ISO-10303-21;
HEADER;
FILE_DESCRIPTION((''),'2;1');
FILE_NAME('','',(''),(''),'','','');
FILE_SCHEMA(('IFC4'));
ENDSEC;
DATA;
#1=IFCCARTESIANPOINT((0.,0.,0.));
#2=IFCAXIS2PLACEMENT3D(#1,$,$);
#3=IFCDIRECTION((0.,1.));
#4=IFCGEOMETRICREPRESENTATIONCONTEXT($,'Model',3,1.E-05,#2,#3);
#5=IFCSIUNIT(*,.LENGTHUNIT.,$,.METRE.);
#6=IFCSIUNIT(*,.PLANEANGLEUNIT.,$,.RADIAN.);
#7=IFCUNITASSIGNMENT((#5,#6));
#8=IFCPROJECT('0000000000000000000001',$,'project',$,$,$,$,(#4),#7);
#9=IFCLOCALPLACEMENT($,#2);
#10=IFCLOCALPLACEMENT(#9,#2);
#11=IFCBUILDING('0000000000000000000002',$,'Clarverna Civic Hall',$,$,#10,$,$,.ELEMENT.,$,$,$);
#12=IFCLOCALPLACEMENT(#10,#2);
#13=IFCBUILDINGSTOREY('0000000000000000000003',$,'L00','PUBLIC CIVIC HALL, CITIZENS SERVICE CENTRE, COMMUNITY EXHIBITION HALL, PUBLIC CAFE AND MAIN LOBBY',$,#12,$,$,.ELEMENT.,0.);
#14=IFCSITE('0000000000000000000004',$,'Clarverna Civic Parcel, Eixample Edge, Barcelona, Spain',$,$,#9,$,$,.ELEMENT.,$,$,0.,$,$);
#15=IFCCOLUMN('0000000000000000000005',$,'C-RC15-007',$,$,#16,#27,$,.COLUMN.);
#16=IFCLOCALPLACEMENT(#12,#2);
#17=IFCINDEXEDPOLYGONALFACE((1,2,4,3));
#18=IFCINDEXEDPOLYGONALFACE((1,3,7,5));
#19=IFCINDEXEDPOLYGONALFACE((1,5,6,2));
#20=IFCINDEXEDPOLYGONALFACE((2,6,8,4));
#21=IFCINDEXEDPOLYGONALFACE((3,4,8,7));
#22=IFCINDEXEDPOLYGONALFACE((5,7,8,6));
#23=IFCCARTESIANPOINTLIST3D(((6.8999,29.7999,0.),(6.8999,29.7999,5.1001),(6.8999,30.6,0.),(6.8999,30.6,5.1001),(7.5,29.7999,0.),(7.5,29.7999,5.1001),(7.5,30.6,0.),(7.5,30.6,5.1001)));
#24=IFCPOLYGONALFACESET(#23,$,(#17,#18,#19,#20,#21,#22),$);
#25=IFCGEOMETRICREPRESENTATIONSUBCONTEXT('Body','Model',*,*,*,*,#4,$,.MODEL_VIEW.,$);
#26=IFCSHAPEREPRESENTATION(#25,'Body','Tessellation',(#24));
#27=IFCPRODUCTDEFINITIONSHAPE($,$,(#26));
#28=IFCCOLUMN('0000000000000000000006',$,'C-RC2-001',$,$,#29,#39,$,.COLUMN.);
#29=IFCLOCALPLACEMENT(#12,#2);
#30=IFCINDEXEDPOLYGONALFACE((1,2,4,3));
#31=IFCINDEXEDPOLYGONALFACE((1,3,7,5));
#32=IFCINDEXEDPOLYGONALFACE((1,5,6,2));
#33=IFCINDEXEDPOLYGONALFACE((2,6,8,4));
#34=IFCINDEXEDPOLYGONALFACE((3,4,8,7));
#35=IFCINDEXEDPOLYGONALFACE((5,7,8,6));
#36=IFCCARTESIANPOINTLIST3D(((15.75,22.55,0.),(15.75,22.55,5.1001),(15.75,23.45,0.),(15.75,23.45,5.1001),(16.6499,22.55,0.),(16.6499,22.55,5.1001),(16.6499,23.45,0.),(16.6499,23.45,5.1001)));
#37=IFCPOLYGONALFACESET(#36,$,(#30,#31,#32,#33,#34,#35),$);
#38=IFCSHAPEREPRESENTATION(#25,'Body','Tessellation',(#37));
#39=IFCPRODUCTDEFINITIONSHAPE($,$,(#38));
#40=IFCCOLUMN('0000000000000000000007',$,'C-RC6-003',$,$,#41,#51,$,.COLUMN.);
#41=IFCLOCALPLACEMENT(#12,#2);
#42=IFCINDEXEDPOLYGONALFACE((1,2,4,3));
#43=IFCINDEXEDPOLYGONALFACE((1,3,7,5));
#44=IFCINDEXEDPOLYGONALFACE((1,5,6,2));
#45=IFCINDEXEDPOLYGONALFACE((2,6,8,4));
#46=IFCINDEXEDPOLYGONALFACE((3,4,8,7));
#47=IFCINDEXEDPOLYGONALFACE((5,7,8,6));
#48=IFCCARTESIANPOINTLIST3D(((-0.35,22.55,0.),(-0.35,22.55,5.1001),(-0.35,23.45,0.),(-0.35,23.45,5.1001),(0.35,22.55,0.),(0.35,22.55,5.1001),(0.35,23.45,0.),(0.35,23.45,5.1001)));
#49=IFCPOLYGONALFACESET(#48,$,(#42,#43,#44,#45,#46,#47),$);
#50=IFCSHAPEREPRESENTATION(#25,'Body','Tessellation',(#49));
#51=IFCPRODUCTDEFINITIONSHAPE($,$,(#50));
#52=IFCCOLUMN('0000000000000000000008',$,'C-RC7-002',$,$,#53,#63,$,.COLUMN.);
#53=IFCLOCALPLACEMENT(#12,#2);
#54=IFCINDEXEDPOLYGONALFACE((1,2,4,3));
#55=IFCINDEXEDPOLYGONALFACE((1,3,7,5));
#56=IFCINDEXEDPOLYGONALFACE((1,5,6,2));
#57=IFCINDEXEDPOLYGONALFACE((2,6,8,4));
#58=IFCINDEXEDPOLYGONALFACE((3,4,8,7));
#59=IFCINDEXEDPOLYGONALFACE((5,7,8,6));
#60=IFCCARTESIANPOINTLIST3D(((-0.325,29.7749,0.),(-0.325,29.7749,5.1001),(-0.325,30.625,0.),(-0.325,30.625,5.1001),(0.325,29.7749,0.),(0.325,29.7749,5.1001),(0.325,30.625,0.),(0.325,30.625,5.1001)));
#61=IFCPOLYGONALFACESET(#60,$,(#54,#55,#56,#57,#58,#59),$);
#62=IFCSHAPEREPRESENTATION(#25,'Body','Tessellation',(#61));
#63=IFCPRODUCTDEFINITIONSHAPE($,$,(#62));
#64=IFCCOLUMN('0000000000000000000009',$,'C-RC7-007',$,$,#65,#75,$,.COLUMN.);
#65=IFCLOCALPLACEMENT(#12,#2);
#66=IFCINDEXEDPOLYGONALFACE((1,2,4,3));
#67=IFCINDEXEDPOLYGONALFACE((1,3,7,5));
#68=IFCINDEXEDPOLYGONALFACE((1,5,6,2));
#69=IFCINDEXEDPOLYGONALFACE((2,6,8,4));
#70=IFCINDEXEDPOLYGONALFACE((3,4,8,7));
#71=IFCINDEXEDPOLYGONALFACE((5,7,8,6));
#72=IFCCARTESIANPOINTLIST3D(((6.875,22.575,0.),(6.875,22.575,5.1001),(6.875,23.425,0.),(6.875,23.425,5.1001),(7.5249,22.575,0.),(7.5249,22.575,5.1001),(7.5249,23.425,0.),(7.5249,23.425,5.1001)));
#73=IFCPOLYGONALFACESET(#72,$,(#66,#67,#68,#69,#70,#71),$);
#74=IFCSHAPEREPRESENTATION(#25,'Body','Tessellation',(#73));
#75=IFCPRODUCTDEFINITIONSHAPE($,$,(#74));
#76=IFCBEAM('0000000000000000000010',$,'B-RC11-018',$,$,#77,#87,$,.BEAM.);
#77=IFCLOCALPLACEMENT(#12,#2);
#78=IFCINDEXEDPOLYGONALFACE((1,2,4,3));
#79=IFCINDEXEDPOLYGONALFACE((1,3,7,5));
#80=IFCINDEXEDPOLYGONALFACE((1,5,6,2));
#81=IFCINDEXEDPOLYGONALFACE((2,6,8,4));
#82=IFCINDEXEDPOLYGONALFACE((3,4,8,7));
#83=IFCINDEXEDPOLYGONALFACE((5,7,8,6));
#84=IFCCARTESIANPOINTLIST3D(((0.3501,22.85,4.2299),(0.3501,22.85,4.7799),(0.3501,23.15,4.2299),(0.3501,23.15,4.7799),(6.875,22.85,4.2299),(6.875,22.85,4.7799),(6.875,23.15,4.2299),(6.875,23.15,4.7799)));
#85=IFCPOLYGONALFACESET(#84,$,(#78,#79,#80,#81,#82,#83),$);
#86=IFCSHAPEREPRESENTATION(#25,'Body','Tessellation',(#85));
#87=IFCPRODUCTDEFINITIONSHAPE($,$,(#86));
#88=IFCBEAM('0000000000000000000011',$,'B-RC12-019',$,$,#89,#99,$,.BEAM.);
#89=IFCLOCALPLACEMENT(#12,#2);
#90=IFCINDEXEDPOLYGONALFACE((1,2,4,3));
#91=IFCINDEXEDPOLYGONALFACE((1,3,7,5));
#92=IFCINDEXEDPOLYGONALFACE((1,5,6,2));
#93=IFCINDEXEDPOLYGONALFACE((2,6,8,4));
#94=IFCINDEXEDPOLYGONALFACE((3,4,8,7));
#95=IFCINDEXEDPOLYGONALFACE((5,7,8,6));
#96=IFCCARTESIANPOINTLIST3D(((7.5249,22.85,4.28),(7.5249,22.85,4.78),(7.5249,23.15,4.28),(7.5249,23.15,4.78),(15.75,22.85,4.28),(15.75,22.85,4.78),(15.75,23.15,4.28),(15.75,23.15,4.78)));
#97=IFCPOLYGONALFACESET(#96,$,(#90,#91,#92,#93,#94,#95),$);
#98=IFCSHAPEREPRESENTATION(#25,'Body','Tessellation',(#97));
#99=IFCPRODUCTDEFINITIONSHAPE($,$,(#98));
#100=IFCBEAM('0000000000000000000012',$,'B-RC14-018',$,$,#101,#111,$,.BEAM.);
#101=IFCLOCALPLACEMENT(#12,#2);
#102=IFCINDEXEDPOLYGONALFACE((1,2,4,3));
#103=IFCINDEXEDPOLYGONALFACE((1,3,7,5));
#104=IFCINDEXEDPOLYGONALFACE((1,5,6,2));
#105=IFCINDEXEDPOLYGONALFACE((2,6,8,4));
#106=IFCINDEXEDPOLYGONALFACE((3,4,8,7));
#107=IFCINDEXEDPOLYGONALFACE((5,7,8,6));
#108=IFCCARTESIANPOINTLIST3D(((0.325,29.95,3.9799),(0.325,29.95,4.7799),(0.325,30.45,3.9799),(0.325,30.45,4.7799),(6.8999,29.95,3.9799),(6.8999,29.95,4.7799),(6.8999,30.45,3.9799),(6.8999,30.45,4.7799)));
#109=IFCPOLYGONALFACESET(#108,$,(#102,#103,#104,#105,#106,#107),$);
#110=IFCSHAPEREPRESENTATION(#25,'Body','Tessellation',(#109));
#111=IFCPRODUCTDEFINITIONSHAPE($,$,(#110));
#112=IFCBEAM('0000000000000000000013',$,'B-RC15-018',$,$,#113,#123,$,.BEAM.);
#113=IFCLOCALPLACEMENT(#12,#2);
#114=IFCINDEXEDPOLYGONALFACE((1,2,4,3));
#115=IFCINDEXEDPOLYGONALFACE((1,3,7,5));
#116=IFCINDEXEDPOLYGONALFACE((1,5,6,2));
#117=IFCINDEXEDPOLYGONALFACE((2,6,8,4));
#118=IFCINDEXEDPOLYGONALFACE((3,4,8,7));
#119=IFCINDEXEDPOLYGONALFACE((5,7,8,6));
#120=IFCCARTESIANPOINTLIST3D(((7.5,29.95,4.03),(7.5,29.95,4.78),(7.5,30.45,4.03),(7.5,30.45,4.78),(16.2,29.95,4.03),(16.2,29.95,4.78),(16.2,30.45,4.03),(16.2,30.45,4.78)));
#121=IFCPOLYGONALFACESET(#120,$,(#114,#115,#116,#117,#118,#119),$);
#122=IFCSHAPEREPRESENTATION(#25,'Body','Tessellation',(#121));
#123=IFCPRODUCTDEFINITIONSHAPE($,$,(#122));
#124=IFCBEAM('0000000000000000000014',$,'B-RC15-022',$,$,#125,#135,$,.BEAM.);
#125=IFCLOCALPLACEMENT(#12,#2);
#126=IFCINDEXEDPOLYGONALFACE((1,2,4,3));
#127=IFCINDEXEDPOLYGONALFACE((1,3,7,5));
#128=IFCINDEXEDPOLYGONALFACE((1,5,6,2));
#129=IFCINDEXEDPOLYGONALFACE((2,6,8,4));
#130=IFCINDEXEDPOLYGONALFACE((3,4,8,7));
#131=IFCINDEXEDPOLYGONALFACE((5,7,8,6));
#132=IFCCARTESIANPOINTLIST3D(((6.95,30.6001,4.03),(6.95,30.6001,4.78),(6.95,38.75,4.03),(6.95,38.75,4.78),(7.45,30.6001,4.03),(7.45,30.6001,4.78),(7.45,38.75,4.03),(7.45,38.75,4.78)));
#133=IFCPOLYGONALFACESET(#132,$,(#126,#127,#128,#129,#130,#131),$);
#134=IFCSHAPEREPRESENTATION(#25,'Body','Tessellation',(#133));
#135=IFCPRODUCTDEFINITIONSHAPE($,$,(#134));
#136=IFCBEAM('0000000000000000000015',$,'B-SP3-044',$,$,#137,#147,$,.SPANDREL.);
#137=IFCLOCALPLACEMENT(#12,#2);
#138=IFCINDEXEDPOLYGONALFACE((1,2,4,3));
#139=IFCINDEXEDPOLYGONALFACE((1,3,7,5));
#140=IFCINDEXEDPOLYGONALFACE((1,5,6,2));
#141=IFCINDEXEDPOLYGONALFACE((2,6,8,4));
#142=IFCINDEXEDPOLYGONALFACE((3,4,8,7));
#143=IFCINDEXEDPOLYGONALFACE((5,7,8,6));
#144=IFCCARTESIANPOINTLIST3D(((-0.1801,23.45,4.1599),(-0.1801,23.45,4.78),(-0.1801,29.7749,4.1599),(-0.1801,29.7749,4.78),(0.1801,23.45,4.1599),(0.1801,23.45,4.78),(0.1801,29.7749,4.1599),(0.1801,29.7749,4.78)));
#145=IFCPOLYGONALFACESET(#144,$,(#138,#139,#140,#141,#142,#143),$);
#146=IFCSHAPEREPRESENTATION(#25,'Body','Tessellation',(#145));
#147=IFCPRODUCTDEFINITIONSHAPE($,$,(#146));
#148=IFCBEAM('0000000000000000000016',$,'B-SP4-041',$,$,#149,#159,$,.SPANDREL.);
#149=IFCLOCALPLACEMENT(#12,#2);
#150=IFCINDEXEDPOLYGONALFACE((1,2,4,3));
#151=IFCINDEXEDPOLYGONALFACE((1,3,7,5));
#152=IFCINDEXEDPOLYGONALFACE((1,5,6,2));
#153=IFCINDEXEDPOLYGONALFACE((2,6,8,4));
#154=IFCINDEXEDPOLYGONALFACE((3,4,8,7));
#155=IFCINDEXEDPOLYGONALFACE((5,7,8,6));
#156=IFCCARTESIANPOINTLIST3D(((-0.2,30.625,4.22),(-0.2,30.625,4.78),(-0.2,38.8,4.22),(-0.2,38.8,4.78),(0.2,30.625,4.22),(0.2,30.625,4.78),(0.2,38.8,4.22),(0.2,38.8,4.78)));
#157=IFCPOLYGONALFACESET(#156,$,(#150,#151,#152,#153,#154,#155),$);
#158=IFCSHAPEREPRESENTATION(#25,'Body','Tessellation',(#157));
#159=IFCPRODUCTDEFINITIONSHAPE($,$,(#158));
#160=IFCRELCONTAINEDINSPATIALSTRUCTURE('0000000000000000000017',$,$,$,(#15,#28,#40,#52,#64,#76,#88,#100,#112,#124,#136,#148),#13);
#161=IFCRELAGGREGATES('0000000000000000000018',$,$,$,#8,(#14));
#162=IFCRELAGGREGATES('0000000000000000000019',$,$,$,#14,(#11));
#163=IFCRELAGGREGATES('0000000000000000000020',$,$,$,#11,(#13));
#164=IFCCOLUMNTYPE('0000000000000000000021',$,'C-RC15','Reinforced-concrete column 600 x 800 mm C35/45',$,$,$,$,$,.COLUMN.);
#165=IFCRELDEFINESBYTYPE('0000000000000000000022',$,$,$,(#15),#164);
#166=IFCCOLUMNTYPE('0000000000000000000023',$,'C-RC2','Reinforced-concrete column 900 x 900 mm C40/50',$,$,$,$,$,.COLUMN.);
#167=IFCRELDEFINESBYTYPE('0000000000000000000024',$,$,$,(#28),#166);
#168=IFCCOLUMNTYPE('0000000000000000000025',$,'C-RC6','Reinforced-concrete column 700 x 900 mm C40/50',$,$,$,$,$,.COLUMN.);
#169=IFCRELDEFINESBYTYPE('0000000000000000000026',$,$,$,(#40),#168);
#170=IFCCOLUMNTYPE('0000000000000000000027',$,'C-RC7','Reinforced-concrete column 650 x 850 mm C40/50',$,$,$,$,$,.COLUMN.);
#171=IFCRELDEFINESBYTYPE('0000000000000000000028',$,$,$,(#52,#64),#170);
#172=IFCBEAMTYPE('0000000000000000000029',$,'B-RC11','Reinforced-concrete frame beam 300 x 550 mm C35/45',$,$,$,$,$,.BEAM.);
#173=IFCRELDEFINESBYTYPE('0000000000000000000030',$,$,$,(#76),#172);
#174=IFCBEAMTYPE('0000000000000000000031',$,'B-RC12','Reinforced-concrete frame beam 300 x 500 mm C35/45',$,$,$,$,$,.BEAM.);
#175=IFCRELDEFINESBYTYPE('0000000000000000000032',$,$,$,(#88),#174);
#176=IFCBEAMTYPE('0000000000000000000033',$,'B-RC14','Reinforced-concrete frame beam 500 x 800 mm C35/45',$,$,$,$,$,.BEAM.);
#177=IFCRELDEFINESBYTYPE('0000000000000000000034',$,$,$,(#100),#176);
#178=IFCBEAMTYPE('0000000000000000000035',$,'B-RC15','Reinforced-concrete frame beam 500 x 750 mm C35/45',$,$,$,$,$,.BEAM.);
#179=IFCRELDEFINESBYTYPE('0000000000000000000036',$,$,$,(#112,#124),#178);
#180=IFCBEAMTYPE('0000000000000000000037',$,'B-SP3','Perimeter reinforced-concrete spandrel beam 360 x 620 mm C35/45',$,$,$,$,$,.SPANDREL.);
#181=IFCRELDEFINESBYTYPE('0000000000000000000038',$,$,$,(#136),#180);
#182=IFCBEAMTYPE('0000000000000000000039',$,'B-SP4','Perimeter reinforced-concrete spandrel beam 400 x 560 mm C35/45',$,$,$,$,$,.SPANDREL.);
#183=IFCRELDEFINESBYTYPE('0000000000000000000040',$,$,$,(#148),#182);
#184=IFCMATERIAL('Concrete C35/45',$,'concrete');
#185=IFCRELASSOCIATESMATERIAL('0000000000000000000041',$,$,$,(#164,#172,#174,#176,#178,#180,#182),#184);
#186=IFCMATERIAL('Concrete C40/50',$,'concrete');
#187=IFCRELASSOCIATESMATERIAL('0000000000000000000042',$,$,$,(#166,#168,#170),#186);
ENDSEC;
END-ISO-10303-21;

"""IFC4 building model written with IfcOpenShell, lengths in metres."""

from ifc_helpers import new_model, si_unit, direction, frame, origin, origin_2d, place, context, subcontext, project, spatial, rectangle, extrude, material, material_profile, profile_set, type_object, element, save


model = new_model("IFC4")

# Units and contexts
model_context = context("Model", 3, precision=1e-05, world=origin(), true_north=direction((0.0, 1.0)))
body_context = subcontext(model_context, "Body", "Model", "MODEL_VIEW")
ifc_project = project(units=[si_unit("LENGTHUNIT", "METRE"), si_unit("PLANEANGLEUNIT", "RADIAN")], contexts=[model_context])

# Site, building, storey
site_placement = place(None, origin())
site = spatial("IfcSite", under=ifc_project, at=site_placement, Name="Clarverna Civic Parcel, Eixample Edge, Barcelona, Spain", CompositionType="ELEMENT", RefElevation=0.0)
building_placement = place(site_placement, origin())
building = spatial("IfcBuilding", under=site, at=building_placement, Name="Clarverna Civic Hall", CompositionType="ELEMENT")
storey_placement = place(building_placement, origin())
storey = spatial("IfcBuildingStorey", under=building, at=storey_placement, Name="L00", Description="PUBLIC CIVIC HALL, CITIZENS SERVICE CENTRE, COMMUNITY EXHIBITION HALL, PUBLIC CAFE AND MAIN LOBBY", CompositionType="ELEMENT", Elevation=0.0)

# Columns
ifc_material_1 = material(Name="Concrete C35/45", Category="concrete")
ifc_material_profile_1 = material_profile(ifc_material_1, rectangle(XDim=0.6001, YDim=0.8, at=origin_2d()), Name="RC 600x800")
ifc_profile_set_1 = profile_set([ifc_material_profile_1], Name="Concrete C35/45")
column_type_1 = type_object("IfcColumnType", Name="C-RC15", Description="Reinforced-concrete column 600 x 800 mm C35/45", PredefinedType="COLUMN", material=ifc_profile_set_1)
column_1_placement = place(storey_placement, frame((7.2, 30.2, 0.0), z_axis=(0.0, 0.0, 1.0), x_axis=(1.0, 0.0, 0.0)))
element("IfcColumn", 1, at=column_1_placement, inside=storey, type_object=column_type_1, Name="C-RC15-007", PredefinedType="COLUMN", context=body_context, shape_type="SweptSolid", body=[
    extrude(rectangle(XDim=0.6001, YDim=0.8, at=origin_2d()), origin(), (0.0, 0.0, 1.0), 5.1001),
])
ifc_material_2 = material(Name="Concrete C40/50", Category="concrete")
ifc_material_profile_2 = material_profile(ifc_material_2, rectangle(XDim=0.8999, YDim=0.8999, at=origin_2d()), Name="RC 900x900")
ifc_profile_set_2 = profile_set([ifc_material_profile_2], Name="Concrete C40/50")
column_type_2 = type_object("IfcColumnType", Name="C-RC2", Description="Reinforced-concrete column 900 x 900 mm C40/50", PredefinedType="COLUMN", material=ifc_profile_set_2)
column_2_placement = place(storey_placement, frame((16.2, 23.0, 0.0), z_axis=(0.0, 0.0, 1.0), x_axis=(1.0, 0.0, 0.0)))
element("IfcColumn", 2, at=column_2_placement, inside=storey, type_object=column_type_2, Name="C-RC2-001", PredefinedType="COLUMN", context=body_context, shape_type="SweptSolid", body=[
    extrude(rectangle(XDim=0.8999, YDim=0.8999, at=origin_2d()), origin(), (0.0, 0.0, 1.0), 5.1001),
])
ifc_material_profile_3 = material_profile(ifc_material_2, rectangle(XDim=0.7, YDim=0.8999, at=origin_2d()), Name="RC 700x900")
ifc_profile_set_3 = profile_set([ifc_material_profile_3], Name="Concrete C40/50")
column_type_3 = type_object("IfcColumnType", Name="C-RC6", Description="Reinforced-concrete column 700 x 900 mm C40/50", PredefinedType="COLUMN", material=ifc_profile_set_3)
column_3_placement = place(storey_placement, frame((0.0, 23.0, 0.0), z_axis=(0.0, 0.0, 1.0), x_axis=(1.0, 0.0, 0.0)))
element("IfcColumn", 3, at=column_3_placement, inside=storey, type_object=column_type_3, Name="C-RC6-003", PredefinedType="COLUMN", context=body_context, shape_type="SweptSolid", body=[
    extrude(rectangle(XDim=0.7, YDim=0.8999, at=origin_2d()), origin(), (0.0, 0.0, 1.0), 5.1001),
])
ifc_material_profile_4 = material_profile(ifc_material_2, rectangle(XDim=0.6499, YDim=0.8501, at=origin_2d()), Name="RC 650x850")
ifc_profile_set_4 = profile_set([ifc_material_profile_4], Name="Concrete C40/50")
column_type_4 = type_object("IfcColumnType", Name="C-RC7", Description="Reinforced-concrete column 650 x 850 mm C40/50", PredefinedType="COLUMN", material=ifc_profile_set_4)
for number, where, z_axis, x_axis, name in (
    (4, (0.0, 30.2, 0.0), (0.0, 0.0, 1.0), (1.0, 0.0, 0.0), "C-RC7-002"),
    (5, (7.2, 23.0, 0.0), (0.0, 0.0, 1.0), (1.0, 0.0, 0.0), "C-RC7-007"),
):
    element("IfcColumn", number, at=place(storey_placement, frame(where, z_axis=z_axis, x_axis=x_axis)), inside=storey, type_object=column_type_4, Name=name, PredefinedType="COLUMN", context=body_context, shape_type="SweptSolid", body=[
        extrude(rectangle(XDim=0.6499, YDim=0.8501, at=origin_2d()), origin(), (0.0, 0.0, 1.0), 5.1001),
    ])

# Beams
ifc_material_profile_5 = material_profile(ifc_material_1, rectangle(XDim=0.3, YDim=0.55, at=origin_2d()), Name="RC 300x550")
ifc_profile_set_5 = profile_set([ifc_material_profile_5], Name="Concrete C35/45")
beam_type_1 = type_object("IfcBeamType", Name="B-RC11", Description="Reinforced-concrete frame beam 300 x 550 mm C35/45", PredefinedType="BEAM", material=ifc_profile_set_5)
beam_1_placement = place(storey_placement, frame((0.3501, 23.0, 4.5049), z_axis=(1.0, 0.0, 0.0), x_axis=(0.0, 1.0, 0.0)))
element("IfcBeam", 6, at=beam_1_placement, inside=storey, type_object=beam_type_1, Name="B-RC11-018", PredefinedType="BEAM", context=body_context, shape_type="SweptSolid", body=[
    extrude(rectangle(XDim=0.3, YDim=0.55, at=origin_2d()), origin(), (0.0, 0.0, 1.0), 6.5249),
])
ifc_material_profile_6 = material_profile(ifc_material_1, rectangle(XDim=0.3, YDim=0.5, at=origin_2d()), Name="RC 300x500")
ifc_profile_set_6 = profile_set([ifc_material_profile_6], Name="Concrete C35/45")
beam_type_2 = type_object("IfcBeamType", Name="B-RC12", Description="Reinforced-concrete frame beam 300 x 500 mm C35/45", PredefinedType="BEAM", material=ifc_profile_set_6)
beam_2_placement = place(storey_placement, frame((7.5249, 23.0, 4.53), z_axis=(1.0, 0.0, 0.0), x_axis=(0.0, 1.0, 0.0)))
element("IfcBeam", 7, at=beam_2_placement, inside=storey, type_object=beam_type_2, Name="B-RC12-019", PredefinedType="BEAM", context=body_context, shape_type="SweptSolid", body=[
    extrude(rectangle(XDim=0.3, YDim=0.5, at=origin_2d()), origin(), (0.0, 0.0, 1.0), 8.2251),
])
ifc_material_profile_7 = material_profile(ifc_material_1, rectangle(XDim=0.5, YDim=0.8, at=origin_2d()), Name="RC 500x800")
ifc_profile_set_7 = profile_set([ifc_material_profile_7], Name="Concrete C35/45")
beam_type_3 = type_object("IfcBeamType", Name="B-RC14", Description="Reinforced-concrete frame beam 500 x 800 mm C35/45", PredefinedType="BEAM", material=ifc_profile_set_7)
beam_3_placement = place(storey_placement, frame((0.325, 30.2, 4.3799), z_axis=(1.0, 0.0, 0.0), x_axis=(0.0, 1.0, 0.0)))
element("IfcBeam", 8, at=beam_3_placement, inside=storey, type_object=beam_type_3, Name="B-RC14-018", PredefinedType="BEAM", context=body_context, shape_type="SweptSolid", body=[
    extrude(rectangle(XDim=0.5, YDim=0.8, at=origin_2d()), origin(), (0.0, 0.0, 1.0), 6.575),
])
ifc_material_profile_8 = material_profile(ifc_material_1, rectangle(XDim=0.5, YDim=0.75, at=origin_2d()), Name="RC 500x750")
ifc_profile_set_8 = profile_set([ifc_material_profile_8], Name="Concrete C35/45")
beam_type_4 = type_object("IfcBeamType", Name="B-RC15", Description="Reinforced-concrete frame beam 500 x 750 mm C35/45", PredefinedType="BEAM", material=ifc_profile_set_8)
beam_4_placement = place(storey_placement, frame((7.5, 30.2, 4.405), z_axis=(1.0, 0.0, 0.0), x_axis=(0.0, 1.0, 0.0)))
element("IfcBeam", 9, at=beam_4_placement, inside=storey, type_object=beam_type_4, Name="B-RC15-018", PredefinedType="BEAM", context=body_context, shape_type="SweptSolid", body=[
    extrude(rectangle(XDim=0.5, YDim=0.75, at=origin_2d()), origin(), (0.0, 0.0, 1.0), 8.7),
])
beam_5_placement = place(storey_placement, frame((7.2, 30.6001, 4.405), z_axis=(0.0, 1.0, 0.0), x_axis=(-1.0, 0.0, 0.0)))
element("IfcBeam", 10, at=beam_5_placement, inside=storey, type_object=beam_type_4, Name="B-RC15-022", PredefinedType="BEAM", context=body_context, shape_type="SweptSolid", body=[
    extrude(rectangle(XDim=0.5, YDim=0.75, at=origin_2d()), origin(), (0.0, 0.0, 1.0), 8.1499),
])
ifc_material_profile_9 = material_profile(ifc_material_1, rectangle(XDim=0.3601, YDim=0.6201, at=origin_2d()), Name="RC 360x620")
ifc_profile_set_9 = profile_set([ifc_material_profile_9], Name="Concrete C35/45")
beam_type_5 = type_object("IfcBeamType", Name="B-SP3", Description="Perimeter reinforced-concrete spandrel beam 360 x 620 mm C35/45", PredefinedType="SPANDREL", material=ifc_profile_set_9)
beam_6_placement = place(storey_placement, frame((0.0, 23.45, 4.47), z_axis=(0.0, 1.0, 0.0), x_axis=(-1.0, 0.0, 0.0)))
element("IfcBeam", 11, at=beam_6_placement, inside=storey, type_object=beam_type_5, Name="B-SP3-044", PredefinedType="SPANDREL", context=body_context, shape_type="SweptSolid", body=[
    extrude(rectangle(XDim=0.3601, YDim=0.6201, at=origin_2d()), origin(), (0.0, 0.0, 1.0), 6.325),
])
ifc_material_profile_10 = material_profile(ifc_material_1, rectangle(XDim=0.3999, YDim=0.5601, at=origin_2d()), Name="RC 400x560")
ifc_profile_set_10 = profile_set([ifc_material_profile_10], Name="Concrete C35/45")
beam_type_6 = type_object("IfcBeamType", Name="B-SP4", Description="Perimeter reinforced-concrete spandrel beam 400 x 560 mm C35/45", PredefinedType="SPANDREL", material=ifc_profile_set_10)
beam_7_placement = place(storey_placement, frame((0.0, 30.625, 4.5), z_axis=(0.0, 1.0, 0.0), x_axis=(-1.0, 0.0, 0.0)))
element("IfcBeam", 12, at=beam_7_placement, inside=storey, type_object=beam_type_6, Name="B-SP4-041", PredefinedType="SPANDREL", context=body_context, shape_type="SweptSolid", body=[
    extrude(rectangle(XDim=0.3999, YDim=0.5601, at=origin_2d()), origin(), (0.0, 0.0, 1.0), 8.175),
])

save(model, "model.ifc")
